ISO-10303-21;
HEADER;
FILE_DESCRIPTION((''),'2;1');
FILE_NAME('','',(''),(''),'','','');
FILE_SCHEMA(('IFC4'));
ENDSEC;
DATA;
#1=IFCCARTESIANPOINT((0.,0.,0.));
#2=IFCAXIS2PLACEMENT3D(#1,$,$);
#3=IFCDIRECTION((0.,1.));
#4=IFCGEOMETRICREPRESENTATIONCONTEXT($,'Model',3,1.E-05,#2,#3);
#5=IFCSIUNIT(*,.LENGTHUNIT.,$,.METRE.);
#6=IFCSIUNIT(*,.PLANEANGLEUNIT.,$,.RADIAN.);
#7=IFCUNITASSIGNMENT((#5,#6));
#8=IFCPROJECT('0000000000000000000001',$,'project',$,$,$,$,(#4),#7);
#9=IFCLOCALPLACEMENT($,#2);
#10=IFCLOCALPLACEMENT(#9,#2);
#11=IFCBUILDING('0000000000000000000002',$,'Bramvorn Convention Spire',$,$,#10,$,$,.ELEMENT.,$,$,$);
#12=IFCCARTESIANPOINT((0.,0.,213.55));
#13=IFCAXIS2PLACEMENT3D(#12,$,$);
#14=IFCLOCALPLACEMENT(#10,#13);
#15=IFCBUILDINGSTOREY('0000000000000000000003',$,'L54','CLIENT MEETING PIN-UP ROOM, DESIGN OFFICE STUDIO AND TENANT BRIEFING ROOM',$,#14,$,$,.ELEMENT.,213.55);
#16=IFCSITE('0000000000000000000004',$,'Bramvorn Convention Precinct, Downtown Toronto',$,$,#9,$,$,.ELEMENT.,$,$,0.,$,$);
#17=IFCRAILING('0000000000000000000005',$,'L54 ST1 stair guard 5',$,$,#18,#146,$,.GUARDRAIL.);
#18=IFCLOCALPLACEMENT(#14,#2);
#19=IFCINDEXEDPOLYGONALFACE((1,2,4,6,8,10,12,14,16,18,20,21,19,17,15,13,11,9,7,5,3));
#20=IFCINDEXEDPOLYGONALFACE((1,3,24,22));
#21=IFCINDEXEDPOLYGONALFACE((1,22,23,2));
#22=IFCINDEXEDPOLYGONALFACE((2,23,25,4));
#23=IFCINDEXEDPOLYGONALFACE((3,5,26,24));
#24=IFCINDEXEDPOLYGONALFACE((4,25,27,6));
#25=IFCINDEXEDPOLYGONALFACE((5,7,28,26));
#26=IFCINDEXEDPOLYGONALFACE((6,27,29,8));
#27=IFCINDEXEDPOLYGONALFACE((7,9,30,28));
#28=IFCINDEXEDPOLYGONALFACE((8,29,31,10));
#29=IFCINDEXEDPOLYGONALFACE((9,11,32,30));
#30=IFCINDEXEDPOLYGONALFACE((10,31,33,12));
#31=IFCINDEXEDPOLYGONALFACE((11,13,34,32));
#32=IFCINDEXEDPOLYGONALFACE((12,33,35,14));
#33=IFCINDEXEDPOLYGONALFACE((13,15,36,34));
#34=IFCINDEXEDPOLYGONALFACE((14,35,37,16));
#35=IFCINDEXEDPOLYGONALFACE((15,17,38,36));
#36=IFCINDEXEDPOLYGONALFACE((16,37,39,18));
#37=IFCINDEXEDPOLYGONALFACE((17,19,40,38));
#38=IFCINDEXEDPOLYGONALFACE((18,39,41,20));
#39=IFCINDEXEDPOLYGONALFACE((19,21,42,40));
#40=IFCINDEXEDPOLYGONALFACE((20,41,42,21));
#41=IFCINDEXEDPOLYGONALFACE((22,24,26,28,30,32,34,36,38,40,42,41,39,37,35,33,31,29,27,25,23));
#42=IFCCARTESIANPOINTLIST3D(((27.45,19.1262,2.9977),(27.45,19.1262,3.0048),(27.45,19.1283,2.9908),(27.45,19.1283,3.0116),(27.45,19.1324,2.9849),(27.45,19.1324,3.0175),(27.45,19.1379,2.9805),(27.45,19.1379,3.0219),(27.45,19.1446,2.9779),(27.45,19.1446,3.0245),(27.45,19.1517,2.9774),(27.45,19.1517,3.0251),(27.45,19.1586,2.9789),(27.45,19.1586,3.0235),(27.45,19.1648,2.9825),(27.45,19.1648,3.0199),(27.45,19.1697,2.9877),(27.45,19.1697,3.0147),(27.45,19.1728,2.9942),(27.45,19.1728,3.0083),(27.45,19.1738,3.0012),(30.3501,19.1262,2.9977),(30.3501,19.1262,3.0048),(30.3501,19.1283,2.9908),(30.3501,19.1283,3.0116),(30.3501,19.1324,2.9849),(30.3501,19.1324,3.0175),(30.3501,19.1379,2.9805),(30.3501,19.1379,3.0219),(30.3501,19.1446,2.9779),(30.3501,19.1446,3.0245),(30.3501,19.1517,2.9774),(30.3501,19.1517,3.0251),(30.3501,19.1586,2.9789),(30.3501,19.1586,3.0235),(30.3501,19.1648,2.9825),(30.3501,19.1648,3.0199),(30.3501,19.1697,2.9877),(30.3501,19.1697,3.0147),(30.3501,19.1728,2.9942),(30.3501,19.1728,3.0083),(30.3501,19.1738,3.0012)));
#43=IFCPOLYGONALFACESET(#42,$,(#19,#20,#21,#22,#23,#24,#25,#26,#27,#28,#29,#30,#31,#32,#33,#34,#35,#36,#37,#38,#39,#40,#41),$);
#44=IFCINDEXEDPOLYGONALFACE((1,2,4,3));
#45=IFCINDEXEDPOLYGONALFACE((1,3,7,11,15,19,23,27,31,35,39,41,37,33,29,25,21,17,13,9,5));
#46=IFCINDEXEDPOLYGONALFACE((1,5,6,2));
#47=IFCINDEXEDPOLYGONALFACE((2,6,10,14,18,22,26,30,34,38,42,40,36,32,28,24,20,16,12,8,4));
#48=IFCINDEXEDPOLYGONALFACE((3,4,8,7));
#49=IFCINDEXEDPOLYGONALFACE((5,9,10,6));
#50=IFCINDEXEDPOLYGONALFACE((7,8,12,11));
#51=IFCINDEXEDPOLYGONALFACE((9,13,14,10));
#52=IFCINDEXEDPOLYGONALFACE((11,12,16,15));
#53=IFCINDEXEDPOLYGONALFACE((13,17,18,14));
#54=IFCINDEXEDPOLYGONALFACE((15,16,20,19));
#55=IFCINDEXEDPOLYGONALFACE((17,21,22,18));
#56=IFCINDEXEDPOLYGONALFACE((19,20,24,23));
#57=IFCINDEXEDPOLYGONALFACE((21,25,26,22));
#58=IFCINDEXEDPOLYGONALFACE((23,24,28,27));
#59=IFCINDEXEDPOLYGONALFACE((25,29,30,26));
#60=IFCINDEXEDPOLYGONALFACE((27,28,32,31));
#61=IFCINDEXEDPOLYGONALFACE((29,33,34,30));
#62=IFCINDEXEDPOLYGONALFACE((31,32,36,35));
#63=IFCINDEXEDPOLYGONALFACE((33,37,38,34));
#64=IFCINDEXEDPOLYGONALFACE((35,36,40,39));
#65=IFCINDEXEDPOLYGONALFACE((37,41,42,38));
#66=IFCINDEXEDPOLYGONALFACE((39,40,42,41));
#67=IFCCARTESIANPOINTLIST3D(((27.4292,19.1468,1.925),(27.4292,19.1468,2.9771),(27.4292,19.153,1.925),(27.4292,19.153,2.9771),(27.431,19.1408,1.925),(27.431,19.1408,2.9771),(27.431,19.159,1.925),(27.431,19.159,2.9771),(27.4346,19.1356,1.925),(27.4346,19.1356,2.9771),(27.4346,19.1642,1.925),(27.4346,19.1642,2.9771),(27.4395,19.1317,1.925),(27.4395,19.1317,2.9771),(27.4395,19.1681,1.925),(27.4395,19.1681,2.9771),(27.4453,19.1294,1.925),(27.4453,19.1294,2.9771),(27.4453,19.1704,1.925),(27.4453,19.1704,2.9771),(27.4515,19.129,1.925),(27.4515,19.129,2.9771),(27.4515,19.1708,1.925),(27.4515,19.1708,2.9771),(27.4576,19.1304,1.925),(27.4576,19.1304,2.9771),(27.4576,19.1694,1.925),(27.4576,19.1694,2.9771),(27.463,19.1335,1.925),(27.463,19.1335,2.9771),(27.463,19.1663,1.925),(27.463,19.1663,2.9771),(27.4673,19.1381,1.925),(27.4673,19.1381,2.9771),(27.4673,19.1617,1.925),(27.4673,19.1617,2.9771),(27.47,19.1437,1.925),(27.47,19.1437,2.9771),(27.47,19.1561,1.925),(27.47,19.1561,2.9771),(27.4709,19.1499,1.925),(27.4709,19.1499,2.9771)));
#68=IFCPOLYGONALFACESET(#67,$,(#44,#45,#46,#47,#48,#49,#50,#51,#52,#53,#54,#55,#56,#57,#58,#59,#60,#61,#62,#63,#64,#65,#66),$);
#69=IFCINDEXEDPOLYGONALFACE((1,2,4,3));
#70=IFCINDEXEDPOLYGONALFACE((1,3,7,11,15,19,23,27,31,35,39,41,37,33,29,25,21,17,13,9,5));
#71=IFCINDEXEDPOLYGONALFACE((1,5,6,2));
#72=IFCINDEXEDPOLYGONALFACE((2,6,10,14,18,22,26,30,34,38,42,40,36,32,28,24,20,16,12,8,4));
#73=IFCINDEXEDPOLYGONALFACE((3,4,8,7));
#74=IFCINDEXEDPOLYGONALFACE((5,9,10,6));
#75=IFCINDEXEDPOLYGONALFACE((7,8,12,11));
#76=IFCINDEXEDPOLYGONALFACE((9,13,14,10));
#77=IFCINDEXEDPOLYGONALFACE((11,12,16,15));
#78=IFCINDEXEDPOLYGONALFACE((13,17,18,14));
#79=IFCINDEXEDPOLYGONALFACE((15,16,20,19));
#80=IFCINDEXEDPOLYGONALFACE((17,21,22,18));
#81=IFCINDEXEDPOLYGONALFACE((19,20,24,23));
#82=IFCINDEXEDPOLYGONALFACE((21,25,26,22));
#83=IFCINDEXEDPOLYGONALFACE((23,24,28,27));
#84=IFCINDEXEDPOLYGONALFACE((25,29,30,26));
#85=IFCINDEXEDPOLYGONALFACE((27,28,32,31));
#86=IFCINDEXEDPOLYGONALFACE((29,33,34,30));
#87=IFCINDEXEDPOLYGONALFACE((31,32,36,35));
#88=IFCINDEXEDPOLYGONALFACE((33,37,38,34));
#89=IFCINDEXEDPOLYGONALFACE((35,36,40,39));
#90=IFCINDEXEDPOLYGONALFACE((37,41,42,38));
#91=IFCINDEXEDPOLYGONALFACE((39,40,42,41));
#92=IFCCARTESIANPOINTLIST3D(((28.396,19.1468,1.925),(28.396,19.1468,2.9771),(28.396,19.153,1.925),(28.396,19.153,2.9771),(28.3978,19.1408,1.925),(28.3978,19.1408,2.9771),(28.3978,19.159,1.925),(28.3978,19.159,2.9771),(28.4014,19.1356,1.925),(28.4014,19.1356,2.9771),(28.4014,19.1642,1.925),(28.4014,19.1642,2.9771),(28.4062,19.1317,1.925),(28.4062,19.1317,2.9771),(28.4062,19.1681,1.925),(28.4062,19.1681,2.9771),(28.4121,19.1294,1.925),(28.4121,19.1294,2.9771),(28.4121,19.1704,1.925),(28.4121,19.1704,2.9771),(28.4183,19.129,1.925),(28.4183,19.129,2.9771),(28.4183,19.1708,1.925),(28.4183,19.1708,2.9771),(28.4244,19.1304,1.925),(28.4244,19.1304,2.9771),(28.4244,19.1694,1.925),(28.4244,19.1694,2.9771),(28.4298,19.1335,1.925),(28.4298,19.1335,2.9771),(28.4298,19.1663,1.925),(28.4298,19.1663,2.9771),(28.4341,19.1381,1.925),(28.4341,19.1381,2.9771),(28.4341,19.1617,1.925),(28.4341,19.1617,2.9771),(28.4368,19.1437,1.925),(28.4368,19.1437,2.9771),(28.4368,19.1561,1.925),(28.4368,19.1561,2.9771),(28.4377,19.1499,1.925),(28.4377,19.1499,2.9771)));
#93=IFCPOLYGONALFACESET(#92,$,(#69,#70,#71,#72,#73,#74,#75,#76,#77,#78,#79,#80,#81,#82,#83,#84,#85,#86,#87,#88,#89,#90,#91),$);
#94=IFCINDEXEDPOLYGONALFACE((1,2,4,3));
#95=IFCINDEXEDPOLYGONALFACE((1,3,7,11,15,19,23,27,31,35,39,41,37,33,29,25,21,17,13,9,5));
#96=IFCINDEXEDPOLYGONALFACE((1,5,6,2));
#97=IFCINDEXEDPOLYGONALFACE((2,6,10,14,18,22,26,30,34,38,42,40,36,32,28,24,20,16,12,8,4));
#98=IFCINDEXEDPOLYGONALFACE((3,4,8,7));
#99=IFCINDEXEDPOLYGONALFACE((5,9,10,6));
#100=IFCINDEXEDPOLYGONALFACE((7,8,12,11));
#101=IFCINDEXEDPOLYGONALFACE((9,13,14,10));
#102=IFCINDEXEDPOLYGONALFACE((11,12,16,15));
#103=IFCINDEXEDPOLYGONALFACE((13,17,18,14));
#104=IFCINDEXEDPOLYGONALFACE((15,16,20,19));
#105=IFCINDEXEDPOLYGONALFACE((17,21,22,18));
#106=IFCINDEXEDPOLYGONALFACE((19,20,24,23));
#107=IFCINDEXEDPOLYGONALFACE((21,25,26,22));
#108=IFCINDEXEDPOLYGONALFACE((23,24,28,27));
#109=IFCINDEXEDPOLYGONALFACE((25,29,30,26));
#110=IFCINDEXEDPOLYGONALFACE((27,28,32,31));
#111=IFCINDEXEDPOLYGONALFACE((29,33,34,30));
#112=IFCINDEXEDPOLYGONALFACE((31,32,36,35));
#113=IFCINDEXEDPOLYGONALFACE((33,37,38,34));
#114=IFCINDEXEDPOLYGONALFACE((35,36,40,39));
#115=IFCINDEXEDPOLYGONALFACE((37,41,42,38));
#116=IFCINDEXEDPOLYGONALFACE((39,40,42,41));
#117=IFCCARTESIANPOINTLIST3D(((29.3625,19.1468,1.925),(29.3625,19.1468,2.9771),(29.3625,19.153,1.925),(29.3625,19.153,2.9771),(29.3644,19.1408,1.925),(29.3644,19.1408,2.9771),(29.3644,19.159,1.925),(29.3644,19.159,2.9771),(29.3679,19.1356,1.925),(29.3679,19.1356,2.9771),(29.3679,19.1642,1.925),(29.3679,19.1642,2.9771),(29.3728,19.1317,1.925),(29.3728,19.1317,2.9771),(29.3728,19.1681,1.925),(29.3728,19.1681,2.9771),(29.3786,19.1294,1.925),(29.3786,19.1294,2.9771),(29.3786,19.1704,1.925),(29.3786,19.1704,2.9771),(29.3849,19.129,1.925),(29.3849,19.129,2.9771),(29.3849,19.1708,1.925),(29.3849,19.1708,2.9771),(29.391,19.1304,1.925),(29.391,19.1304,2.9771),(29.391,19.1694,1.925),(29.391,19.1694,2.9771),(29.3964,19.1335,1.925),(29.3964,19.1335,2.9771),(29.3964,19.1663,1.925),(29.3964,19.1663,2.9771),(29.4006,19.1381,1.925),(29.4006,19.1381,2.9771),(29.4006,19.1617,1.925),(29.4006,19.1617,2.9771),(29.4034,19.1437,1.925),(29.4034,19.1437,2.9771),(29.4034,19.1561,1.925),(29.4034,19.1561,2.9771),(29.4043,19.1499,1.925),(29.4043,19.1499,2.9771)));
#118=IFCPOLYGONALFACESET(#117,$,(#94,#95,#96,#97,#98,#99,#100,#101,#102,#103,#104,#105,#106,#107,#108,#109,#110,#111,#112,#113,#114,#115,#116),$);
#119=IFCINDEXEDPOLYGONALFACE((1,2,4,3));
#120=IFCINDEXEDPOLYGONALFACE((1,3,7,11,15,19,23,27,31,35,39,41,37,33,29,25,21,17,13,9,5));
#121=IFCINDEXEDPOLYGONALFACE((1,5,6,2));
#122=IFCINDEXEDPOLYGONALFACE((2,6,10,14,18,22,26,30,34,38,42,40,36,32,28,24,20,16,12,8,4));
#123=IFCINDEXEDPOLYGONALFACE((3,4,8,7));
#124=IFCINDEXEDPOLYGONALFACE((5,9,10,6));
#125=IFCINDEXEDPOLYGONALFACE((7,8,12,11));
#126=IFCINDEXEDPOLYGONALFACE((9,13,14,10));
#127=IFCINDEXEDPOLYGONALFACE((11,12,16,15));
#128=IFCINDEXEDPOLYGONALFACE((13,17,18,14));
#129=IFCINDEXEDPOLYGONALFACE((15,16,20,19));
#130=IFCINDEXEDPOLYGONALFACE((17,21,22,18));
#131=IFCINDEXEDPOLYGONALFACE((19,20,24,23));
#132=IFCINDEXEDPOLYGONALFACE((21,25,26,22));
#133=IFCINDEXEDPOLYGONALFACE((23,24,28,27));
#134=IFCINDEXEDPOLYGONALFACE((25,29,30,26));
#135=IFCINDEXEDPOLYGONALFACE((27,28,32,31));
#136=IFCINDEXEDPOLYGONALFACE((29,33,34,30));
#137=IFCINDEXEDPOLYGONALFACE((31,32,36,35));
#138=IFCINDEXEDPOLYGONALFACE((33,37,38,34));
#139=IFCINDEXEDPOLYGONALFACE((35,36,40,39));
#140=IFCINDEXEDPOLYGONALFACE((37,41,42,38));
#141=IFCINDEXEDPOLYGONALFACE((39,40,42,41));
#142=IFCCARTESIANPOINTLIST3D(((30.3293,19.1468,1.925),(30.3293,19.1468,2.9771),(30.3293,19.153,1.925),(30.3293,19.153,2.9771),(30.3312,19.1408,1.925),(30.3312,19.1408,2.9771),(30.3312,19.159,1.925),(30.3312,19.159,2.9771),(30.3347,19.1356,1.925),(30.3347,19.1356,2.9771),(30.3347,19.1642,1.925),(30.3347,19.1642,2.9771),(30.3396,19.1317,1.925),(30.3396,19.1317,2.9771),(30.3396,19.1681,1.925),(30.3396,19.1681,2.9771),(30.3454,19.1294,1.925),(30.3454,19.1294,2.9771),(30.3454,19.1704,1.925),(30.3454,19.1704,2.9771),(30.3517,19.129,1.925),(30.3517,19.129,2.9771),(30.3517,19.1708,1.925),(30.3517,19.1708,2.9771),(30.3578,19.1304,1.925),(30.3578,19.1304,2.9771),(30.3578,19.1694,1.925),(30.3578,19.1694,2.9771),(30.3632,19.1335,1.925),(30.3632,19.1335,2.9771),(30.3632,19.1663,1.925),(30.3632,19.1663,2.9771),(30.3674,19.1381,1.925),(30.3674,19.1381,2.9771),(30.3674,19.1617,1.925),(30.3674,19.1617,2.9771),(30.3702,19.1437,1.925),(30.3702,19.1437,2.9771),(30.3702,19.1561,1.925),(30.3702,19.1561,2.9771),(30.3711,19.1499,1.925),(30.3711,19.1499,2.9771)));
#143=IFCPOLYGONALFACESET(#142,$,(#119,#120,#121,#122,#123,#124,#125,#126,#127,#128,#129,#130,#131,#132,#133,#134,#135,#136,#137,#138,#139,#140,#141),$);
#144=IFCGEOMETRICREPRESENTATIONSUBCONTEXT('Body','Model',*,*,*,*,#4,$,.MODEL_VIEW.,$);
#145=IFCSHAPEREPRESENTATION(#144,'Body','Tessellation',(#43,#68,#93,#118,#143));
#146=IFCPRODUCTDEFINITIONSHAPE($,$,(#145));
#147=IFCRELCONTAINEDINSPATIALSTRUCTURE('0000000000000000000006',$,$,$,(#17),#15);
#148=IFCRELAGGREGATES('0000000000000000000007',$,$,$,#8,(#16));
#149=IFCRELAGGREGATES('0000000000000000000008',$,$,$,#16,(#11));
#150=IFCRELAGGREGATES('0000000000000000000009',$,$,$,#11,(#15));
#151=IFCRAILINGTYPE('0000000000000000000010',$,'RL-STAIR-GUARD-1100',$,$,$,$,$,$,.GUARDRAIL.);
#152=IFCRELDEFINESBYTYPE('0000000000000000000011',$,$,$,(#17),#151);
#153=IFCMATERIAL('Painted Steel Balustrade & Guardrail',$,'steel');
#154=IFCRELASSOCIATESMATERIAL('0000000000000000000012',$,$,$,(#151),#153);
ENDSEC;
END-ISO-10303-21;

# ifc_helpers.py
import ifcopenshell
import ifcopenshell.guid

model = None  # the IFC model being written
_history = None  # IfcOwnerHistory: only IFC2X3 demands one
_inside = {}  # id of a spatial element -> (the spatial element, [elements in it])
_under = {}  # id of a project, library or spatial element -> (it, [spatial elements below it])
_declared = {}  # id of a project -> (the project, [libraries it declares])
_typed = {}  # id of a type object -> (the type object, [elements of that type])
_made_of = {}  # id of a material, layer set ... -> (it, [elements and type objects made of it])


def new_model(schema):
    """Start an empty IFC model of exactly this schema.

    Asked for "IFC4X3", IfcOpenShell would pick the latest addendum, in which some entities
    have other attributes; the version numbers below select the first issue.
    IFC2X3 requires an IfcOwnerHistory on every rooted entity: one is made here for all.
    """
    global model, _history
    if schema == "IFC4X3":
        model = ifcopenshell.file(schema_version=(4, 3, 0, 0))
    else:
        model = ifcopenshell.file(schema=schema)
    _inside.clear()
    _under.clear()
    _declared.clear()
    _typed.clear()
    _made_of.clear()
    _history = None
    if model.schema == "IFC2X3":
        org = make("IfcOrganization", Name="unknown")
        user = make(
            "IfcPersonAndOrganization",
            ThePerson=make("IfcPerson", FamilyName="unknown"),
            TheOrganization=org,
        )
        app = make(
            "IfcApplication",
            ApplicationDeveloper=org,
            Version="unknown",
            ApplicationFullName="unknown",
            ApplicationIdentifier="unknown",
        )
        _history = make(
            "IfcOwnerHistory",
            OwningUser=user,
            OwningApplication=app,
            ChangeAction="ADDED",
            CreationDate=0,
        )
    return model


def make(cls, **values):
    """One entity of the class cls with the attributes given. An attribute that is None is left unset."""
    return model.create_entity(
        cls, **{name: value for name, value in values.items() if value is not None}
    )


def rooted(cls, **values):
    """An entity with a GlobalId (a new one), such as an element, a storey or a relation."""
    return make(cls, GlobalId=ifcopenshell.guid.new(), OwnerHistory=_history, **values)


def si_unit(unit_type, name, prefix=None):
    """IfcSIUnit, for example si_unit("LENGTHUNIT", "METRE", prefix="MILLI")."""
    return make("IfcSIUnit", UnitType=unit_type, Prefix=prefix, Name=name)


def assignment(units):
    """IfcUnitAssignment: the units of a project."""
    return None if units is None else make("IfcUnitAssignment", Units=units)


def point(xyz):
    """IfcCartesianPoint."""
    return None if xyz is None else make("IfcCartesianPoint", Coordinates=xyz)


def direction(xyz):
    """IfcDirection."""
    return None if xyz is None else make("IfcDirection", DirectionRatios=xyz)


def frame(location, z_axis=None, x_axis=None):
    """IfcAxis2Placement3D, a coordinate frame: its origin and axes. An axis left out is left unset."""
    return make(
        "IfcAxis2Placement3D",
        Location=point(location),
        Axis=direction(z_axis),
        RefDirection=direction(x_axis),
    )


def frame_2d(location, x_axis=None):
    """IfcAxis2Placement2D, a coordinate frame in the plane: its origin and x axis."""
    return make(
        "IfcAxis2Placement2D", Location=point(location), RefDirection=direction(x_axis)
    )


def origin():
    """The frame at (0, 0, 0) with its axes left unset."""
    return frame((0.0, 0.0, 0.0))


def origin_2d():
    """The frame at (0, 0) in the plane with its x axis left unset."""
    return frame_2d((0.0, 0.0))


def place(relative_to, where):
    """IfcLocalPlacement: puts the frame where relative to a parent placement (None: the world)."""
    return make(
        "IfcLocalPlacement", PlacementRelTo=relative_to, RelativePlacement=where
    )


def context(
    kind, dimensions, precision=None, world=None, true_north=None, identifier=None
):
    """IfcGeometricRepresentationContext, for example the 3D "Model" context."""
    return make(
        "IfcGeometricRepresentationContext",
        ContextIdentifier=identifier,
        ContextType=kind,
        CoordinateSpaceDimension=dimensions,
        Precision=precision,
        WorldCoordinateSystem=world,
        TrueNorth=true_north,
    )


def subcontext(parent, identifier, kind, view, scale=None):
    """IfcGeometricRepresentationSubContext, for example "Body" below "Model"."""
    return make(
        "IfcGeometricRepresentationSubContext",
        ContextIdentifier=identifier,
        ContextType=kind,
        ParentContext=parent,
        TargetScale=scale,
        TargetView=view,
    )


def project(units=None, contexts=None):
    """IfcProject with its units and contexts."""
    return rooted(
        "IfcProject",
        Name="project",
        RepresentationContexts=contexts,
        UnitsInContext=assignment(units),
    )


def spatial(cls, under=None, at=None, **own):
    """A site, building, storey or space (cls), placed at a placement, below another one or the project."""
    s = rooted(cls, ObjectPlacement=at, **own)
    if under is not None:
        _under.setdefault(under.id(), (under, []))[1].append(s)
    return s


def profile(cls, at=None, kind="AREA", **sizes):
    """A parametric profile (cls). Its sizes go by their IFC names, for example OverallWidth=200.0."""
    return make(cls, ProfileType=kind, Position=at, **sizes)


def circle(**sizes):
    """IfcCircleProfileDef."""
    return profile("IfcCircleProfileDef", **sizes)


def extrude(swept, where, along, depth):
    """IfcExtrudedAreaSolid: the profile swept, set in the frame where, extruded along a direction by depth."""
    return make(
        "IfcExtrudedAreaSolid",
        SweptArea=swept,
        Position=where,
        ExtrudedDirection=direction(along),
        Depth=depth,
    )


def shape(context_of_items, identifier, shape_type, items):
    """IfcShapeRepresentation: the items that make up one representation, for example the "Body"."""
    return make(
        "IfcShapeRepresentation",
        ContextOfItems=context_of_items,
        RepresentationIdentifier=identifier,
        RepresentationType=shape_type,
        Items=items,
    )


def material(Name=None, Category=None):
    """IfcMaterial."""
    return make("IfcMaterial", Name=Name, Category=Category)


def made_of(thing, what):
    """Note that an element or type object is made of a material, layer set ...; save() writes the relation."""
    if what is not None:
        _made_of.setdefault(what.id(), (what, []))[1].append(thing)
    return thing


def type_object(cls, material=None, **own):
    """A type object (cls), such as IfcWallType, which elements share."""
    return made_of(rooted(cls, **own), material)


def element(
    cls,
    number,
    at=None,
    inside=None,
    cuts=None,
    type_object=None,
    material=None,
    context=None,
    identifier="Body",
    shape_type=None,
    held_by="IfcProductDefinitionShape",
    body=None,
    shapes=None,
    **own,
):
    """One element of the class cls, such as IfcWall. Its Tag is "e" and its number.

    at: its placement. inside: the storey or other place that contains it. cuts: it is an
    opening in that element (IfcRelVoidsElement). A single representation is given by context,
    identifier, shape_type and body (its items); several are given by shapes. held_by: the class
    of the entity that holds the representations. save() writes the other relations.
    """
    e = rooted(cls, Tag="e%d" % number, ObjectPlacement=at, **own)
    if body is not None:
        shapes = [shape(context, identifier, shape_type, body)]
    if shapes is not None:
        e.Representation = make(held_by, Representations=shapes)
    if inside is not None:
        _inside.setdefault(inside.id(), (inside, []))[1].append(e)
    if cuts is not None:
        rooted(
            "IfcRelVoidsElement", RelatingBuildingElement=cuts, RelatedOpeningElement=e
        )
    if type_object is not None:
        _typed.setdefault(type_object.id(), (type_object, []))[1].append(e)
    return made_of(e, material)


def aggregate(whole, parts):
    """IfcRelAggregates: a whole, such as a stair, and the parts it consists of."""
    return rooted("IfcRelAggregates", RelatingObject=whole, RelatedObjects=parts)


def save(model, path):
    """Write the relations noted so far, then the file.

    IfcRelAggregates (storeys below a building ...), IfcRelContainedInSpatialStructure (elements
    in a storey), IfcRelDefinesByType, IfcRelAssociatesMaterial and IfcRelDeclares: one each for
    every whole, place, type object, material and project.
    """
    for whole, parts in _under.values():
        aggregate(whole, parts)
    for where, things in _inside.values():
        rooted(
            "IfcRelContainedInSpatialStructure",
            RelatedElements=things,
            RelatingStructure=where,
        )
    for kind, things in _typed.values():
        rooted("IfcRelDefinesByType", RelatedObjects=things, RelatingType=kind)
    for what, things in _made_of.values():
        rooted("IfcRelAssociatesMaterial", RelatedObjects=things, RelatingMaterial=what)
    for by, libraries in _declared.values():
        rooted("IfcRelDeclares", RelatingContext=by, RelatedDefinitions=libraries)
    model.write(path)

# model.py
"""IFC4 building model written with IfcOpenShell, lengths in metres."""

from ifc_helpers import new_model, si_unit, direction, frame, origin, origin_2d, place, context, subcontext, project, spatial, circle, extrude, material, type_object, element, save


model = new_model("IFC4")

# Units and contexts
model_context = context("Model", 3, precision=1e-05, world=origin(), true_north=direction((0.0, 1.0)))
body_context = subcontext(model_context, "Body", "Model", "MODEL_VIEW")
ifc_project = project(units=[si_unit("LENGTHUNIT", "METRE"), si_unit("PLANEANGLEUNIT", "RADIAN")], contexts=[model_context])

# Site, building, storey
site_placement = place(None, origin())
site = spatial("IfcSite", under=ifc_project, at=site_placement, Name="Bramvorn Convention Precinct, Downtown Toronto", CompositionType="ELEMENT", RefElevation=0.0)
building_placement = place(site_placement, origin())
building = spatial("IfcBuilding", under=site, at=building_placement, Name="Bramvorn Convention Spire", CompositionType="ELEMENT")
storey_placement = place(building_placement, frame((0.0, 0.0, 213.55)))
storey = spatial("IfcBuildingStorey", under=building, at=storey_placement, Name="L54", Description="CLIENT MEETING PIN-UP ROOM, DESIGN OFFICE STUDIO AND TENANT BRIEFING ROOM", CompositionType="ELEMENT", Elevation=213.55)

# Railing
ifc_material_1 = material(Name="Painted Steel Balustrade & Guardrail", Category="steel")
railing_type_1 = type_object("IfcRailingType", Name="RL-STAIR-GUARD-1100", PredefinedType="GUARDRAIL", material=ifc_material_1)
railing_1_placement = place(storey_placement, frame((27.45, 19.1499, 1.925)))
element("IfcRailing", 1, at=railing_1_placement, inside=storey, type_object=railing_type_1, Name="L54 ST1 stair guard 5", PredefinedType="GUARDRAIL", context=body_context, shape_type="SweptSolid", body=[
    extrude(circle(Radius=0.0239, at=origin_2d()), frame((0.0, 0.0, 1.0762), z_axis=(1.0, 0.0, 0.0), x_axis=(0.0, 1.0, 0.0)), (0.0, 0.0, 1.0), 2.9001),
    extrude(circle(Radius=0.021, at=origin_2d()), origin(), (0.0, 0.0, 1.0), 1.052),
    extrude(circle(Radius=0.021, at=origin_2d()), frame((0.9668, 0.0, 0.0)), (0.0, 0.0, 1.0), 1.052),
    extrude(circle(Radius=0.021, at=origin_2d()), frame((1.9333, 0.0, 0.0)), (0.0, 0.0, 1.0), 1.052),
    extrude(circle(Radius=0.021, at=origin_2d()), frame((2.9001, 0.0, 0.0)), (0.0, 0.0, 1.0), 1.052),
])

save(model, "model.ifc")
